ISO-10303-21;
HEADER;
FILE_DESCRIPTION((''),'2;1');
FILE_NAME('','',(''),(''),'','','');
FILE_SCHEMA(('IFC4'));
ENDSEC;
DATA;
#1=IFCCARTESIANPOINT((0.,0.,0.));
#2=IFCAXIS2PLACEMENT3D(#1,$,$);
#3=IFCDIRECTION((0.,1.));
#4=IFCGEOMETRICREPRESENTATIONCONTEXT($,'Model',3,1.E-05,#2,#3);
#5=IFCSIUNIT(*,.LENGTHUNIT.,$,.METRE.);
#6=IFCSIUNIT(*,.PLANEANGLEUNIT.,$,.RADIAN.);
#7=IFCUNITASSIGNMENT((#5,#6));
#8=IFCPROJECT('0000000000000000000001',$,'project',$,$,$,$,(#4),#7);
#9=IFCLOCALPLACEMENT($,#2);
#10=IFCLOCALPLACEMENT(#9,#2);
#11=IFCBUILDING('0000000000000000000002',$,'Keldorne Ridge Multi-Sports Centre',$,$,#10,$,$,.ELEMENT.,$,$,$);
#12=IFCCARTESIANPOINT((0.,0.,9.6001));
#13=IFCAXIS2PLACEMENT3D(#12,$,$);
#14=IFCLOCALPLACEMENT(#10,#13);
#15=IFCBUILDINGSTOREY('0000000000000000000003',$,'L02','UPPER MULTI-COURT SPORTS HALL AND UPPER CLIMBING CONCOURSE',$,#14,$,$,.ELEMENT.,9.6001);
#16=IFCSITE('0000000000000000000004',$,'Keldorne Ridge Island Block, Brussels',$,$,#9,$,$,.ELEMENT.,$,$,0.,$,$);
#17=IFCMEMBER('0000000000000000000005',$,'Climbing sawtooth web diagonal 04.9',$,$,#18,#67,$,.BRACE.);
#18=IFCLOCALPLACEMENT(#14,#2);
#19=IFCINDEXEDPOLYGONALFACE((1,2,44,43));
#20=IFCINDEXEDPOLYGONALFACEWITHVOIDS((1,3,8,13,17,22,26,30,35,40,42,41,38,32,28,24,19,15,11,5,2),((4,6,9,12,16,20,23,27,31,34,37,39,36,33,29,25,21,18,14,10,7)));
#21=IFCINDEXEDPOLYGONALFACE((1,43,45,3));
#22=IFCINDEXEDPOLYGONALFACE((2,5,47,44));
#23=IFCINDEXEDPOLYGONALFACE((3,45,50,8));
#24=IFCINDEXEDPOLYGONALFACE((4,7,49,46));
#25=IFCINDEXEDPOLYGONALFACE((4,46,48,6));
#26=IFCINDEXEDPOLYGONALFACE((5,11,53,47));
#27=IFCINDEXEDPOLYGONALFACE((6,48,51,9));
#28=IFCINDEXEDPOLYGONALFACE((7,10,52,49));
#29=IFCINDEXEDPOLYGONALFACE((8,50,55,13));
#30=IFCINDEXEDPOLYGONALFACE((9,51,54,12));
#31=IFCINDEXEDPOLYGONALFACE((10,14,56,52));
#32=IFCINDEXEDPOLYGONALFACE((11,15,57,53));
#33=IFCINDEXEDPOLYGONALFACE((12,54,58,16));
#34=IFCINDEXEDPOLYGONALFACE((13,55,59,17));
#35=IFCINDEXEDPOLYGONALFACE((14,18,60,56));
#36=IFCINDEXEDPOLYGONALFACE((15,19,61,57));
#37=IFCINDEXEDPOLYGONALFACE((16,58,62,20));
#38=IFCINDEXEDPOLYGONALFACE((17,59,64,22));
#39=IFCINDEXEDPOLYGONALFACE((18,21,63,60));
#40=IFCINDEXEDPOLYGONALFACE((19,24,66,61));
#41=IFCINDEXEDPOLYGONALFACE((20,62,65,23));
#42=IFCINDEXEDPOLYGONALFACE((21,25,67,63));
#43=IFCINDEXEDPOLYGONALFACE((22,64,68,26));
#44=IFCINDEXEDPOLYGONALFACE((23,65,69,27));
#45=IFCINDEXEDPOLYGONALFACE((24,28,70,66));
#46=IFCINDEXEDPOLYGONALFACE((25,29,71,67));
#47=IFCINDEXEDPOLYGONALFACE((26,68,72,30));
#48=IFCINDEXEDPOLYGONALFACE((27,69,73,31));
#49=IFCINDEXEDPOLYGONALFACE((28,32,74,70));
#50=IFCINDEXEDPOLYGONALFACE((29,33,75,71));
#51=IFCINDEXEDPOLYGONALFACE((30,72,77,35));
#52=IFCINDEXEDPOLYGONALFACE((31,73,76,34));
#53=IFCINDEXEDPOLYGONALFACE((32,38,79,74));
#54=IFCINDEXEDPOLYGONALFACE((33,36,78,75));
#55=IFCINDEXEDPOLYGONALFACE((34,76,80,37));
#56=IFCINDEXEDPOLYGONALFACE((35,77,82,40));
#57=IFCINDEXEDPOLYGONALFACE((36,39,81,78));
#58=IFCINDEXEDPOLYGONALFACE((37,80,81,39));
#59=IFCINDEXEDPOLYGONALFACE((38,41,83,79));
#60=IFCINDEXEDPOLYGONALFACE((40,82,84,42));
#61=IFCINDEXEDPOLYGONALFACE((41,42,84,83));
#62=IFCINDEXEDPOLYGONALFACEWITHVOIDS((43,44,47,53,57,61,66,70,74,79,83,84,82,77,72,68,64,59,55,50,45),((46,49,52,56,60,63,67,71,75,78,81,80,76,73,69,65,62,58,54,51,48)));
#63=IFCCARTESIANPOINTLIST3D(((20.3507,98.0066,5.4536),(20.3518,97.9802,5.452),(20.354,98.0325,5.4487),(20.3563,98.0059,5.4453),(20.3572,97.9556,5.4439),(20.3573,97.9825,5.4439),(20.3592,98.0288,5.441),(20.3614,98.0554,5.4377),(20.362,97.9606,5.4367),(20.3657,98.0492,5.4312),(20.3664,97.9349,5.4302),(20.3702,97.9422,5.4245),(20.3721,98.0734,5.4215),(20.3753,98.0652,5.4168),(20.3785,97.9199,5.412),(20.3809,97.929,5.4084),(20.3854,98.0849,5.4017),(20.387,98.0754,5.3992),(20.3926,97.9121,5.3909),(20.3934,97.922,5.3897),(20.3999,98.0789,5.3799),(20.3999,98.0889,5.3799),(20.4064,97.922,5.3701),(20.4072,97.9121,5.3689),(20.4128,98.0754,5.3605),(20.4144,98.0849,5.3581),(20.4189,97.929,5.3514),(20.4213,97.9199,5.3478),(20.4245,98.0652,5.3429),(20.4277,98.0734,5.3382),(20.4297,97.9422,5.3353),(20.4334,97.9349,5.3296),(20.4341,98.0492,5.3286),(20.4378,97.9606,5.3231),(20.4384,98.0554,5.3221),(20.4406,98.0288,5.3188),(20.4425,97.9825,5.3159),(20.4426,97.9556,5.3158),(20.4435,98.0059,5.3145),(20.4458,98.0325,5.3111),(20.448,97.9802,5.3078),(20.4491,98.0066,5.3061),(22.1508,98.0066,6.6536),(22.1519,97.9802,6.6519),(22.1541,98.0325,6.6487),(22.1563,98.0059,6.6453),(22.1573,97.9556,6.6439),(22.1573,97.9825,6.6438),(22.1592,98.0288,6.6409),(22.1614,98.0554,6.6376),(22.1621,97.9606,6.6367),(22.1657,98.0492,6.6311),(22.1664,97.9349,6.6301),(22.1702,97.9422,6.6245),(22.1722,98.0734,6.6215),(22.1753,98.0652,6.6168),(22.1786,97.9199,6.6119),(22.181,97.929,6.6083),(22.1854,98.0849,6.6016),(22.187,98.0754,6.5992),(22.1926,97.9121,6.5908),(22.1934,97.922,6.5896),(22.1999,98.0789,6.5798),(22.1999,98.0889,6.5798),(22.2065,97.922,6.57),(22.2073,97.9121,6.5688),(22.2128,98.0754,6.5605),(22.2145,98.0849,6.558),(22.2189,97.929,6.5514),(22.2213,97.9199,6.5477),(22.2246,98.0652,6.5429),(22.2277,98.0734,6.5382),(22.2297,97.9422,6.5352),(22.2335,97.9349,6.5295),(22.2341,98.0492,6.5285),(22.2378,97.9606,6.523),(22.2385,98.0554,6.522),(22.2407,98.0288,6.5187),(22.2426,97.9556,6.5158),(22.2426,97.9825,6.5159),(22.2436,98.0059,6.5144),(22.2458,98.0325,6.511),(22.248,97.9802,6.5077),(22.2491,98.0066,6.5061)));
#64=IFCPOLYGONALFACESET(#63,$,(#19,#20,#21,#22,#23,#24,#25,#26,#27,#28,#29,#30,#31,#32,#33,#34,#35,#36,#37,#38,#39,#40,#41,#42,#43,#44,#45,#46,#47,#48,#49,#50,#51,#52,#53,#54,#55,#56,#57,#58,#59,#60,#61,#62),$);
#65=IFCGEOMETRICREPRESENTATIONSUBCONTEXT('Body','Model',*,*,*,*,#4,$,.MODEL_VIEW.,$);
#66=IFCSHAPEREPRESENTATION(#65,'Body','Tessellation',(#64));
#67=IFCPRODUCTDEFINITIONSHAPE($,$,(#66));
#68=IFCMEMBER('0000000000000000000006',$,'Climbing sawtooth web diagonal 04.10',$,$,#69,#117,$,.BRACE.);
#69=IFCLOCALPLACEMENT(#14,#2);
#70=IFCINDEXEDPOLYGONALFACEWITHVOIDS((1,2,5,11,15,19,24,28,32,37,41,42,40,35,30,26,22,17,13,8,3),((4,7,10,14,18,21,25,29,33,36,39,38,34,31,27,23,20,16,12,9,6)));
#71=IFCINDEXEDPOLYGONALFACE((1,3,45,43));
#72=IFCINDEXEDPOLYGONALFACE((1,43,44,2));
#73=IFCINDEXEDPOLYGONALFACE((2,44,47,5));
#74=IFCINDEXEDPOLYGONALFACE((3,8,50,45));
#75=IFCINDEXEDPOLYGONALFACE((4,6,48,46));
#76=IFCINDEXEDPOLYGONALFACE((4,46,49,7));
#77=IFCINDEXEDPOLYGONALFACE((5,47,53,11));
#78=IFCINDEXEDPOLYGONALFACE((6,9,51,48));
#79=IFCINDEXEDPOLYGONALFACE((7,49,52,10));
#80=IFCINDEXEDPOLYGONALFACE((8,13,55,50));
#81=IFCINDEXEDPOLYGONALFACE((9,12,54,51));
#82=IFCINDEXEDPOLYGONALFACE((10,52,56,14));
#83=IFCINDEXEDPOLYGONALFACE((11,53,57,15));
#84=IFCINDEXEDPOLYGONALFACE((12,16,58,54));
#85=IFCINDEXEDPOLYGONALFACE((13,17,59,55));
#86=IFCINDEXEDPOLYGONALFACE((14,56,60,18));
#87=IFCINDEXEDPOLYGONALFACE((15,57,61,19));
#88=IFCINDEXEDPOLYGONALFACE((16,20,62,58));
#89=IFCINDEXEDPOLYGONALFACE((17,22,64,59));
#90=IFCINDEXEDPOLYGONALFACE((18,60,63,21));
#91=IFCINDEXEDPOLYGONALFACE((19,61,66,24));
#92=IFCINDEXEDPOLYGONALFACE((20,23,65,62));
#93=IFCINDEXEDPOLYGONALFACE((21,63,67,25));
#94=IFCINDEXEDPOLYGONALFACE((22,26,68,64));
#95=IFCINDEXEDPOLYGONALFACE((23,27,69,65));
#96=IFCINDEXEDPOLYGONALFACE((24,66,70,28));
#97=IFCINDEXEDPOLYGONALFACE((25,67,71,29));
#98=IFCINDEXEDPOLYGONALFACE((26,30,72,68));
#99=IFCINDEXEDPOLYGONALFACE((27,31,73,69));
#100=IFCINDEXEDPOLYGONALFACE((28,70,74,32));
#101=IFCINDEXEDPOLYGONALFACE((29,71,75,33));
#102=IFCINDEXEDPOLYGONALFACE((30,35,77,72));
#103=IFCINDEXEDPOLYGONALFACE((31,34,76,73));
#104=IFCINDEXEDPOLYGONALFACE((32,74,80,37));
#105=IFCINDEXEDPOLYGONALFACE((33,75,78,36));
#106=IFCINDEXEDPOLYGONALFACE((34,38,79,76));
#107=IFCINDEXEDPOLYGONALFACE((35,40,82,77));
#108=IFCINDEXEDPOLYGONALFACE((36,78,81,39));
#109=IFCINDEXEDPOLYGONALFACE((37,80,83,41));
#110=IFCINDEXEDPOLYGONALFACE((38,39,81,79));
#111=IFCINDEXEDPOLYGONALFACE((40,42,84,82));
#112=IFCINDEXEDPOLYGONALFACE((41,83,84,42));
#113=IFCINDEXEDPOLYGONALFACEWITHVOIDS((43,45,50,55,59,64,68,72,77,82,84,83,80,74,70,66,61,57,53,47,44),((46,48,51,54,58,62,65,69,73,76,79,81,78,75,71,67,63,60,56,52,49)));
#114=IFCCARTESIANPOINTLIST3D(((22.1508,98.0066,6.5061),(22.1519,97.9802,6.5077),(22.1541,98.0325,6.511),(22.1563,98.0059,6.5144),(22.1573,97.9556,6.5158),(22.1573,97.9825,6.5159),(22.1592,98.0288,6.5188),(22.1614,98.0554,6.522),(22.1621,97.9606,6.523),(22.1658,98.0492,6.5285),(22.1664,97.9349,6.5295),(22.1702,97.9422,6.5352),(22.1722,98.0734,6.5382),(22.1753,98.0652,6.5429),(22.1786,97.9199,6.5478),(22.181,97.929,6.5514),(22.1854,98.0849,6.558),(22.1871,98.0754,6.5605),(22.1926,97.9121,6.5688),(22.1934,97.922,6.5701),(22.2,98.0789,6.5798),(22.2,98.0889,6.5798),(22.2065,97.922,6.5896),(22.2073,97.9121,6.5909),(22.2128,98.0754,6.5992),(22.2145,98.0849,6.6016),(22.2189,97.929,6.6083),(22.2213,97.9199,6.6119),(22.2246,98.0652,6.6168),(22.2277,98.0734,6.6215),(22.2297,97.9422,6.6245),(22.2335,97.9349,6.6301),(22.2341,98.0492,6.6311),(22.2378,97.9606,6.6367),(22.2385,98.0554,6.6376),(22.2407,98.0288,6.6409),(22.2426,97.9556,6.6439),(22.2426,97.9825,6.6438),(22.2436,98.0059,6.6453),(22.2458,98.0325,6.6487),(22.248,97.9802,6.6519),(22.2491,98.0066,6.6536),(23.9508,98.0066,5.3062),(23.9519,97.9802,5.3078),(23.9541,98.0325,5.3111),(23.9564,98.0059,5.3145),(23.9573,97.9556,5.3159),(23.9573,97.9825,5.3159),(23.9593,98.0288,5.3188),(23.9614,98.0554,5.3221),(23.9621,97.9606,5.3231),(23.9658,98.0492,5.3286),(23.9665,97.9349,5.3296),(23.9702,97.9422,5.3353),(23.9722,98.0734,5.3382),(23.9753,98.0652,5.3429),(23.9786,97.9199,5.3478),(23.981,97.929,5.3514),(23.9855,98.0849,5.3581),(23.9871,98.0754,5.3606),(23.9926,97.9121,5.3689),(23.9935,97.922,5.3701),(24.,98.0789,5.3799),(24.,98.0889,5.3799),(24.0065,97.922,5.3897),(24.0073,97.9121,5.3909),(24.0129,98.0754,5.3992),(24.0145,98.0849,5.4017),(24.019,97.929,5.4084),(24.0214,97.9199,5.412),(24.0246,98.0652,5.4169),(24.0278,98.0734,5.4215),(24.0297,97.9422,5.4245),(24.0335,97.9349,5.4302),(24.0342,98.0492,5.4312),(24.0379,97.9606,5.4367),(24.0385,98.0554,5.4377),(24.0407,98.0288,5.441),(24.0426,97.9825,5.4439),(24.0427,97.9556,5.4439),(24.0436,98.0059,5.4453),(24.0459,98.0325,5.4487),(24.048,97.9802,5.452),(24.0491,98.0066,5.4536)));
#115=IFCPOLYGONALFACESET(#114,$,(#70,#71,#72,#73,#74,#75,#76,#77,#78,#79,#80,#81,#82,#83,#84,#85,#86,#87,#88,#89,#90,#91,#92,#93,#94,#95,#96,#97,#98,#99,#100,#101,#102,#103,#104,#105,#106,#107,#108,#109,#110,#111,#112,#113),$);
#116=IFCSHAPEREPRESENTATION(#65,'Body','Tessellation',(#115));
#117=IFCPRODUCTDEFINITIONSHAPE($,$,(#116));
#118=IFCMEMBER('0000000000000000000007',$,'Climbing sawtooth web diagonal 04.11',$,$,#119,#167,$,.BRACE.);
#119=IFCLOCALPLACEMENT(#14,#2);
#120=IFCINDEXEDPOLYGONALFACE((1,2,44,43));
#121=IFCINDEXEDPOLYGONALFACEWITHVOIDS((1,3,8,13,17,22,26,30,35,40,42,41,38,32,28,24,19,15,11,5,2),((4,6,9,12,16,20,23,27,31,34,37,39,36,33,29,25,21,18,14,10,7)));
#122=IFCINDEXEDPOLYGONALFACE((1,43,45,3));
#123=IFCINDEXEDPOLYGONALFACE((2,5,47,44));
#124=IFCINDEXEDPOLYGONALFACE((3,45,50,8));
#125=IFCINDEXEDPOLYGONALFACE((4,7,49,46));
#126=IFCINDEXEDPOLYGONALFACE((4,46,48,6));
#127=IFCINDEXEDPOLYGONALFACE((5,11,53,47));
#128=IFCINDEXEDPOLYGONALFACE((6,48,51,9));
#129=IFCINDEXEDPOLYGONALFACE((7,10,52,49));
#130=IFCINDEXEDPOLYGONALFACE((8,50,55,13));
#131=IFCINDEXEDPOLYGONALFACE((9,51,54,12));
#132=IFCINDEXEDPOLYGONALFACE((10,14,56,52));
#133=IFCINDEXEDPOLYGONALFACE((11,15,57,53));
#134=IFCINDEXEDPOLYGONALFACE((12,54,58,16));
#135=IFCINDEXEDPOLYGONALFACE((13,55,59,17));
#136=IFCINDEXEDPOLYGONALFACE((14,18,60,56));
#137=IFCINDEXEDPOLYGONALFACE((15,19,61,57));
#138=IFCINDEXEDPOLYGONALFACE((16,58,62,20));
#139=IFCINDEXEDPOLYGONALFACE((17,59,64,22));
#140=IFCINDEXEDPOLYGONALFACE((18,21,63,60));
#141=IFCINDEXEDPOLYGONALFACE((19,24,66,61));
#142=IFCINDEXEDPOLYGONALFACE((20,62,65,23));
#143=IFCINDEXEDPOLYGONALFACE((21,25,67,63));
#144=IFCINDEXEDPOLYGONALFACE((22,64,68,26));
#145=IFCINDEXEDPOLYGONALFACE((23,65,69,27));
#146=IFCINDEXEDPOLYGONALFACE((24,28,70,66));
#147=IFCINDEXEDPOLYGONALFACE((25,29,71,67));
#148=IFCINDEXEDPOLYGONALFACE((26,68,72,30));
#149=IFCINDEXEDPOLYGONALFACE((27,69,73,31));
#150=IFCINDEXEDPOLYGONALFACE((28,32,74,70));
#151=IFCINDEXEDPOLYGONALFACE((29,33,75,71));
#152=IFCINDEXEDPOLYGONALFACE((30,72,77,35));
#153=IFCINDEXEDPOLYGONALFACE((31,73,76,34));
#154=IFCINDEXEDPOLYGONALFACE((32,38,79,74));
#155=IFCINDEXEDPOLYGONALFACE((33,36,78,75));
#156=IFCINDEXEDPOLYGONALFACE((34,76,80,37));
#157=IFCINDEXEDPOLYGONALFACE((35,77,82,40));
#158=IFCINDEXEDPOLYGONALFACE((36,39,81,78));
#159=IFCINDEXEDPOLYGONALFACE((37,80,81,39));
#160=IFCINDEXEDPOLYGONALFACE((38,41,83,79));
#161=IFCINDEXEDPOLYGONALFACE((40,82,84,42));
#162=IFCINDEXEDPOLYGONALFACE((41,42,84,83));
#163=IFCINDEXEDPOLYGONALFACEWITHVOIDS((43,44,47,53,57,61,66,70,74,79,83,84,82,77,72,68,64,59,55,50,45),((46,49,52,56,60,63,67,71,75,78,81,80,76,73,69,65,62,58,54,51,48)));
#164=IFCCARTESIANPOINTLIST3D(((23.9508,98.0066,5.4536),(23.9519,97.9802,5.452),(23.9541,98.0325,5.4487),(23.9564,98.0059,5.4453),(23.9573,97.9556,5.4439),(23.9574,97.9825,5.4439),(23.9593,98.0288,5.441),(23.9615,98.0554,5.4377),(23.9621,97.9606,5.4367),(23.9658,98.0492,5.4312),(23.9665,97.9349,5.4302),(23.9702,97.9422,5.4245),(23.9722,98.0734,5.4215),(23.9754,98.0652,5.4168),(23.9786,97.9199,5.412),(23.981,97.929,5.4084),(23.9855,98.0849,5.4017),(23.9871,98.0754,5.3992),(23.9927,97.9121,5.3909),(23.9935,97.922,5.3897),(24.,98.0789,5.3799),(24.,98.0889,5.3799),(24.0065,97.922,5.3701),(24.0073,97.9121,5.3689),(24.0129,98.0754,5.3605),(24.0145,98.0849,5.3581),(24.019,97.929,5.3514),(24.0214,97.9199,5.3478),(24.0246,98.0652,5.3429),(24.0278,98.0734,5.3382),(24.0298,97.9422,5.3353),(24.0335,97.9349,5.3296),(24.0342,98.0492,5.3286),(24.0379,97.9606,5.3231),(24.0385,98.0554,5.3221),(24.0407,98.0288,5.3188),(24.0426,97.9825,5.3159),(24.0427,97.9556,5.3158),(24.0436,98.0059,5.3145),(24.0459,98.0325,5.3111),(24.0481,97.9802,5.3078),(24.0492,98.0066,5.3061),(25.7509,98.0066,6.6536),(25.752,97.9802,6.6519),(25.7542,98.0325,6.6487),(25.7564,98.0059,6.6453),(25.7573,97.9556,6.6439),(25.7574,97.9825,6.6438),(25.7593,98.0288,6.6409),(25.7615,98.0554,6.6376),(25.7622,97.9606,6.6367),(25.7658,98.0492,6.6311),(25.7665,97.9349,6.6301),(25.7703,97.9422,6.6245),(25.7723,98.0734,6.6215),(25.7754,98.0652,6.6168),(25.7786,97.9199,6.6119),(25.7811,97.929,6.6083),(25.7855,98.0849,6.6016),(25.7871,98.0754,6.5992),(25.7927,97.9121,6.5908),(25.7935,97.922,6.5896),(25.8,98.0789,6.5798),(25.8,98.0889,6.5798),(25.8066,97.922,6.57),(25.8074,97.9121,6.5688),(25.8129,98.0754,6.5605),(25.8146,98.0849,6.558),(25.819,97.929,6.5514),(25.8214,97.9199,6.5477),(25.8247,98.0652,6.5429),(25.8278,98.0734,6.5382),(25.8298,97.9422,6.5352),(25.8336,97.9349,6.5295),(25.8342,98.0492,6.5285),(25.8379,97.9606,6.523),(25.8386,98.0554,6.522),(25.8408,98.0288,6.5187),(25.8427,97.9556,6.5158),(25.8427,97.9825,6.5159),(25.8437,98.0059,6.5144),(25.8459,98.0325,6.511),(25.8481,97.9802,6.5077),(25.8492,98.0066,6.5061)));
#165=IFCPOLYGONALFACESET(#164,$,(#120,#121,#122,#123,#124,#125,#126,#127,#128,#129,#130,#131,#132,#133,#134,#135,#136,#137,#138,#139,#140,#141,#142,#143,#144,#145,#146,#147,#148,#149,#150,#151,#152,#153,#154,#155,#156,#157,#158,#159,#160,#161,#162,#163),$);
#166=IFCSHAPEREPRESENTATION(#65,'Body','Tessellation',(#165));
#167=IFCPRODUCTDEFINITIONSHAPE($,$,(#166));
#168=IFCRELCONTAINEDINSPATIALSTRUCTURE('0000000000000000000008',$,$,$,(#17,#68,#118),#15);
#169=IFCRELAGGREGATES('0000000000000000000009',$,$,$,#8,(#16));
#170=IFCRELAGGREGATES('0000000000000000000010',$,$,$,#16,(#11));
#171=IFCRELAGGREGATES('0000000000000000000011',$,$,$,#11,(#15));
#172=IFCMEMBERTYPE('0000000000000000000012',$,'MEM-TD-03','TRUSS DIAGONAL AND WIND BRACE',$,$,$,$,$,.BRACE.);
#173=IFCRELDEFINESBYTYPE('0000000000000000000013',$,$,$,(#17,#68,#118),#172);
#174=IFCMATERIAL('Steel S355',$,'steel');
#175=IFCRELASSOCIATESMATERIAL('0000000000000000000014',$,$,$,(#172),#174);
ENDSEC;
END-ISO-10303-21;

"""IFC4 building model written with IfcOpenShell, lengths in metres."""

from ifc_helpers import new_model, si_unit, direction, frame, origin, origin_2d, place, context, subcontext, project, spatial, hollow_circle, extrude, material, material_profile, profile_set, type_object, element, save


model = new_model("IFC4")

# Units and contexts
model_context = context("Model", 3, precision=1e-05, world=origin(), true_north=direction((0.0, 1.0)))
body_context = subcontext(model_context, "Body", "Model", "MODEL_VIEW")
ifc_project = project(units=[si_unit("LENGTHUNIT", "METRE"), si_unit("PLANEANGLEUNIT", "RADIAN")], contexts=[model_context])

# Site, building, storey
site_placement = place(None, origin())
site = spatial("IfcSite", under=ifc_project, at=site_placement, Name="Keldorne Ridge Island Block, Brussels", CompositionType="ELEMENT", RefElevation=0.0)
building_placement = place(site_placement, origin())
building = spatial("IfcBuilding", under=site, at=building_placement, Name="Keldorne Ridge Multi-Sports Centre", CompositionType="ELEMENT")
storey_placement = place(building_placement, frame((0.0, 0.0, 9.6001)))
storey = spatial("IfcBuildingStorey", under=building, at=storey_placement, Name="L02", Description="UPPER MULTI-COURT SPORTS HALL AND UPPER CLIMBING CONCOURSE", CompositionType="ELEMENT", Elevation=9.6001)

# Shared definitions
ifc_material = material(Name="Steel S355", Category="steel")

# Members
ifc_material_profile_1 = material_profile(ifc_material, hollow_circle(Radius=0.0889, WallThickness=0.01, at=origin_2d()), Name="CHS 177.8x10")
ifc_profile_set_1 = profile_set([ifc_material_profile_1], Name="Steel S355")
member_type_1 = type_object("IfcMemberType", Name="MEM-TD-03", Description="TRUSS DIAGONAL AND WIND BRACE", PredefinedType="BRACE", material=ifc_profile_set_1)
for number, where, z_axis, x_axis, name in (
    (1, (20.3999, 98.0, 5.3799), (0.832068, 0.0, 0.554674), (0.0, 1.0, 0.0), "Climbing sawtooth web diagonal 04.9"),
    (2, (22.2, 98.0, 6.5798), (0.832068, 0.0, -0.554674), (0.0, 1.0, 0.0), "Climbing sawtooth web diagonal 04.10"),
    (3, (24.0, 98.0, 5.3799), (0.832068, 0.0, 0.554674), (0.0, 1.0, 0.0), "Climbing sawtooth web diagonal 04.11"),
):
    element("IfcMember", number, at=place(storey_placement, frame(where, z_axis=z_axis, x_axis=x_axis)), inside=storey, type_object=member_type_1, Name=name, PredefinedType="BRACE", context=body_context, shape_type="SweptSolid", body=[
        extrude(hollow_circle(Radius=0.0889, WallThickness=0.01, at=origin_2d()), origin(), (0.0, 0.0, 1.0), 2.1633),
    ])

save(model, "model.ifc")
